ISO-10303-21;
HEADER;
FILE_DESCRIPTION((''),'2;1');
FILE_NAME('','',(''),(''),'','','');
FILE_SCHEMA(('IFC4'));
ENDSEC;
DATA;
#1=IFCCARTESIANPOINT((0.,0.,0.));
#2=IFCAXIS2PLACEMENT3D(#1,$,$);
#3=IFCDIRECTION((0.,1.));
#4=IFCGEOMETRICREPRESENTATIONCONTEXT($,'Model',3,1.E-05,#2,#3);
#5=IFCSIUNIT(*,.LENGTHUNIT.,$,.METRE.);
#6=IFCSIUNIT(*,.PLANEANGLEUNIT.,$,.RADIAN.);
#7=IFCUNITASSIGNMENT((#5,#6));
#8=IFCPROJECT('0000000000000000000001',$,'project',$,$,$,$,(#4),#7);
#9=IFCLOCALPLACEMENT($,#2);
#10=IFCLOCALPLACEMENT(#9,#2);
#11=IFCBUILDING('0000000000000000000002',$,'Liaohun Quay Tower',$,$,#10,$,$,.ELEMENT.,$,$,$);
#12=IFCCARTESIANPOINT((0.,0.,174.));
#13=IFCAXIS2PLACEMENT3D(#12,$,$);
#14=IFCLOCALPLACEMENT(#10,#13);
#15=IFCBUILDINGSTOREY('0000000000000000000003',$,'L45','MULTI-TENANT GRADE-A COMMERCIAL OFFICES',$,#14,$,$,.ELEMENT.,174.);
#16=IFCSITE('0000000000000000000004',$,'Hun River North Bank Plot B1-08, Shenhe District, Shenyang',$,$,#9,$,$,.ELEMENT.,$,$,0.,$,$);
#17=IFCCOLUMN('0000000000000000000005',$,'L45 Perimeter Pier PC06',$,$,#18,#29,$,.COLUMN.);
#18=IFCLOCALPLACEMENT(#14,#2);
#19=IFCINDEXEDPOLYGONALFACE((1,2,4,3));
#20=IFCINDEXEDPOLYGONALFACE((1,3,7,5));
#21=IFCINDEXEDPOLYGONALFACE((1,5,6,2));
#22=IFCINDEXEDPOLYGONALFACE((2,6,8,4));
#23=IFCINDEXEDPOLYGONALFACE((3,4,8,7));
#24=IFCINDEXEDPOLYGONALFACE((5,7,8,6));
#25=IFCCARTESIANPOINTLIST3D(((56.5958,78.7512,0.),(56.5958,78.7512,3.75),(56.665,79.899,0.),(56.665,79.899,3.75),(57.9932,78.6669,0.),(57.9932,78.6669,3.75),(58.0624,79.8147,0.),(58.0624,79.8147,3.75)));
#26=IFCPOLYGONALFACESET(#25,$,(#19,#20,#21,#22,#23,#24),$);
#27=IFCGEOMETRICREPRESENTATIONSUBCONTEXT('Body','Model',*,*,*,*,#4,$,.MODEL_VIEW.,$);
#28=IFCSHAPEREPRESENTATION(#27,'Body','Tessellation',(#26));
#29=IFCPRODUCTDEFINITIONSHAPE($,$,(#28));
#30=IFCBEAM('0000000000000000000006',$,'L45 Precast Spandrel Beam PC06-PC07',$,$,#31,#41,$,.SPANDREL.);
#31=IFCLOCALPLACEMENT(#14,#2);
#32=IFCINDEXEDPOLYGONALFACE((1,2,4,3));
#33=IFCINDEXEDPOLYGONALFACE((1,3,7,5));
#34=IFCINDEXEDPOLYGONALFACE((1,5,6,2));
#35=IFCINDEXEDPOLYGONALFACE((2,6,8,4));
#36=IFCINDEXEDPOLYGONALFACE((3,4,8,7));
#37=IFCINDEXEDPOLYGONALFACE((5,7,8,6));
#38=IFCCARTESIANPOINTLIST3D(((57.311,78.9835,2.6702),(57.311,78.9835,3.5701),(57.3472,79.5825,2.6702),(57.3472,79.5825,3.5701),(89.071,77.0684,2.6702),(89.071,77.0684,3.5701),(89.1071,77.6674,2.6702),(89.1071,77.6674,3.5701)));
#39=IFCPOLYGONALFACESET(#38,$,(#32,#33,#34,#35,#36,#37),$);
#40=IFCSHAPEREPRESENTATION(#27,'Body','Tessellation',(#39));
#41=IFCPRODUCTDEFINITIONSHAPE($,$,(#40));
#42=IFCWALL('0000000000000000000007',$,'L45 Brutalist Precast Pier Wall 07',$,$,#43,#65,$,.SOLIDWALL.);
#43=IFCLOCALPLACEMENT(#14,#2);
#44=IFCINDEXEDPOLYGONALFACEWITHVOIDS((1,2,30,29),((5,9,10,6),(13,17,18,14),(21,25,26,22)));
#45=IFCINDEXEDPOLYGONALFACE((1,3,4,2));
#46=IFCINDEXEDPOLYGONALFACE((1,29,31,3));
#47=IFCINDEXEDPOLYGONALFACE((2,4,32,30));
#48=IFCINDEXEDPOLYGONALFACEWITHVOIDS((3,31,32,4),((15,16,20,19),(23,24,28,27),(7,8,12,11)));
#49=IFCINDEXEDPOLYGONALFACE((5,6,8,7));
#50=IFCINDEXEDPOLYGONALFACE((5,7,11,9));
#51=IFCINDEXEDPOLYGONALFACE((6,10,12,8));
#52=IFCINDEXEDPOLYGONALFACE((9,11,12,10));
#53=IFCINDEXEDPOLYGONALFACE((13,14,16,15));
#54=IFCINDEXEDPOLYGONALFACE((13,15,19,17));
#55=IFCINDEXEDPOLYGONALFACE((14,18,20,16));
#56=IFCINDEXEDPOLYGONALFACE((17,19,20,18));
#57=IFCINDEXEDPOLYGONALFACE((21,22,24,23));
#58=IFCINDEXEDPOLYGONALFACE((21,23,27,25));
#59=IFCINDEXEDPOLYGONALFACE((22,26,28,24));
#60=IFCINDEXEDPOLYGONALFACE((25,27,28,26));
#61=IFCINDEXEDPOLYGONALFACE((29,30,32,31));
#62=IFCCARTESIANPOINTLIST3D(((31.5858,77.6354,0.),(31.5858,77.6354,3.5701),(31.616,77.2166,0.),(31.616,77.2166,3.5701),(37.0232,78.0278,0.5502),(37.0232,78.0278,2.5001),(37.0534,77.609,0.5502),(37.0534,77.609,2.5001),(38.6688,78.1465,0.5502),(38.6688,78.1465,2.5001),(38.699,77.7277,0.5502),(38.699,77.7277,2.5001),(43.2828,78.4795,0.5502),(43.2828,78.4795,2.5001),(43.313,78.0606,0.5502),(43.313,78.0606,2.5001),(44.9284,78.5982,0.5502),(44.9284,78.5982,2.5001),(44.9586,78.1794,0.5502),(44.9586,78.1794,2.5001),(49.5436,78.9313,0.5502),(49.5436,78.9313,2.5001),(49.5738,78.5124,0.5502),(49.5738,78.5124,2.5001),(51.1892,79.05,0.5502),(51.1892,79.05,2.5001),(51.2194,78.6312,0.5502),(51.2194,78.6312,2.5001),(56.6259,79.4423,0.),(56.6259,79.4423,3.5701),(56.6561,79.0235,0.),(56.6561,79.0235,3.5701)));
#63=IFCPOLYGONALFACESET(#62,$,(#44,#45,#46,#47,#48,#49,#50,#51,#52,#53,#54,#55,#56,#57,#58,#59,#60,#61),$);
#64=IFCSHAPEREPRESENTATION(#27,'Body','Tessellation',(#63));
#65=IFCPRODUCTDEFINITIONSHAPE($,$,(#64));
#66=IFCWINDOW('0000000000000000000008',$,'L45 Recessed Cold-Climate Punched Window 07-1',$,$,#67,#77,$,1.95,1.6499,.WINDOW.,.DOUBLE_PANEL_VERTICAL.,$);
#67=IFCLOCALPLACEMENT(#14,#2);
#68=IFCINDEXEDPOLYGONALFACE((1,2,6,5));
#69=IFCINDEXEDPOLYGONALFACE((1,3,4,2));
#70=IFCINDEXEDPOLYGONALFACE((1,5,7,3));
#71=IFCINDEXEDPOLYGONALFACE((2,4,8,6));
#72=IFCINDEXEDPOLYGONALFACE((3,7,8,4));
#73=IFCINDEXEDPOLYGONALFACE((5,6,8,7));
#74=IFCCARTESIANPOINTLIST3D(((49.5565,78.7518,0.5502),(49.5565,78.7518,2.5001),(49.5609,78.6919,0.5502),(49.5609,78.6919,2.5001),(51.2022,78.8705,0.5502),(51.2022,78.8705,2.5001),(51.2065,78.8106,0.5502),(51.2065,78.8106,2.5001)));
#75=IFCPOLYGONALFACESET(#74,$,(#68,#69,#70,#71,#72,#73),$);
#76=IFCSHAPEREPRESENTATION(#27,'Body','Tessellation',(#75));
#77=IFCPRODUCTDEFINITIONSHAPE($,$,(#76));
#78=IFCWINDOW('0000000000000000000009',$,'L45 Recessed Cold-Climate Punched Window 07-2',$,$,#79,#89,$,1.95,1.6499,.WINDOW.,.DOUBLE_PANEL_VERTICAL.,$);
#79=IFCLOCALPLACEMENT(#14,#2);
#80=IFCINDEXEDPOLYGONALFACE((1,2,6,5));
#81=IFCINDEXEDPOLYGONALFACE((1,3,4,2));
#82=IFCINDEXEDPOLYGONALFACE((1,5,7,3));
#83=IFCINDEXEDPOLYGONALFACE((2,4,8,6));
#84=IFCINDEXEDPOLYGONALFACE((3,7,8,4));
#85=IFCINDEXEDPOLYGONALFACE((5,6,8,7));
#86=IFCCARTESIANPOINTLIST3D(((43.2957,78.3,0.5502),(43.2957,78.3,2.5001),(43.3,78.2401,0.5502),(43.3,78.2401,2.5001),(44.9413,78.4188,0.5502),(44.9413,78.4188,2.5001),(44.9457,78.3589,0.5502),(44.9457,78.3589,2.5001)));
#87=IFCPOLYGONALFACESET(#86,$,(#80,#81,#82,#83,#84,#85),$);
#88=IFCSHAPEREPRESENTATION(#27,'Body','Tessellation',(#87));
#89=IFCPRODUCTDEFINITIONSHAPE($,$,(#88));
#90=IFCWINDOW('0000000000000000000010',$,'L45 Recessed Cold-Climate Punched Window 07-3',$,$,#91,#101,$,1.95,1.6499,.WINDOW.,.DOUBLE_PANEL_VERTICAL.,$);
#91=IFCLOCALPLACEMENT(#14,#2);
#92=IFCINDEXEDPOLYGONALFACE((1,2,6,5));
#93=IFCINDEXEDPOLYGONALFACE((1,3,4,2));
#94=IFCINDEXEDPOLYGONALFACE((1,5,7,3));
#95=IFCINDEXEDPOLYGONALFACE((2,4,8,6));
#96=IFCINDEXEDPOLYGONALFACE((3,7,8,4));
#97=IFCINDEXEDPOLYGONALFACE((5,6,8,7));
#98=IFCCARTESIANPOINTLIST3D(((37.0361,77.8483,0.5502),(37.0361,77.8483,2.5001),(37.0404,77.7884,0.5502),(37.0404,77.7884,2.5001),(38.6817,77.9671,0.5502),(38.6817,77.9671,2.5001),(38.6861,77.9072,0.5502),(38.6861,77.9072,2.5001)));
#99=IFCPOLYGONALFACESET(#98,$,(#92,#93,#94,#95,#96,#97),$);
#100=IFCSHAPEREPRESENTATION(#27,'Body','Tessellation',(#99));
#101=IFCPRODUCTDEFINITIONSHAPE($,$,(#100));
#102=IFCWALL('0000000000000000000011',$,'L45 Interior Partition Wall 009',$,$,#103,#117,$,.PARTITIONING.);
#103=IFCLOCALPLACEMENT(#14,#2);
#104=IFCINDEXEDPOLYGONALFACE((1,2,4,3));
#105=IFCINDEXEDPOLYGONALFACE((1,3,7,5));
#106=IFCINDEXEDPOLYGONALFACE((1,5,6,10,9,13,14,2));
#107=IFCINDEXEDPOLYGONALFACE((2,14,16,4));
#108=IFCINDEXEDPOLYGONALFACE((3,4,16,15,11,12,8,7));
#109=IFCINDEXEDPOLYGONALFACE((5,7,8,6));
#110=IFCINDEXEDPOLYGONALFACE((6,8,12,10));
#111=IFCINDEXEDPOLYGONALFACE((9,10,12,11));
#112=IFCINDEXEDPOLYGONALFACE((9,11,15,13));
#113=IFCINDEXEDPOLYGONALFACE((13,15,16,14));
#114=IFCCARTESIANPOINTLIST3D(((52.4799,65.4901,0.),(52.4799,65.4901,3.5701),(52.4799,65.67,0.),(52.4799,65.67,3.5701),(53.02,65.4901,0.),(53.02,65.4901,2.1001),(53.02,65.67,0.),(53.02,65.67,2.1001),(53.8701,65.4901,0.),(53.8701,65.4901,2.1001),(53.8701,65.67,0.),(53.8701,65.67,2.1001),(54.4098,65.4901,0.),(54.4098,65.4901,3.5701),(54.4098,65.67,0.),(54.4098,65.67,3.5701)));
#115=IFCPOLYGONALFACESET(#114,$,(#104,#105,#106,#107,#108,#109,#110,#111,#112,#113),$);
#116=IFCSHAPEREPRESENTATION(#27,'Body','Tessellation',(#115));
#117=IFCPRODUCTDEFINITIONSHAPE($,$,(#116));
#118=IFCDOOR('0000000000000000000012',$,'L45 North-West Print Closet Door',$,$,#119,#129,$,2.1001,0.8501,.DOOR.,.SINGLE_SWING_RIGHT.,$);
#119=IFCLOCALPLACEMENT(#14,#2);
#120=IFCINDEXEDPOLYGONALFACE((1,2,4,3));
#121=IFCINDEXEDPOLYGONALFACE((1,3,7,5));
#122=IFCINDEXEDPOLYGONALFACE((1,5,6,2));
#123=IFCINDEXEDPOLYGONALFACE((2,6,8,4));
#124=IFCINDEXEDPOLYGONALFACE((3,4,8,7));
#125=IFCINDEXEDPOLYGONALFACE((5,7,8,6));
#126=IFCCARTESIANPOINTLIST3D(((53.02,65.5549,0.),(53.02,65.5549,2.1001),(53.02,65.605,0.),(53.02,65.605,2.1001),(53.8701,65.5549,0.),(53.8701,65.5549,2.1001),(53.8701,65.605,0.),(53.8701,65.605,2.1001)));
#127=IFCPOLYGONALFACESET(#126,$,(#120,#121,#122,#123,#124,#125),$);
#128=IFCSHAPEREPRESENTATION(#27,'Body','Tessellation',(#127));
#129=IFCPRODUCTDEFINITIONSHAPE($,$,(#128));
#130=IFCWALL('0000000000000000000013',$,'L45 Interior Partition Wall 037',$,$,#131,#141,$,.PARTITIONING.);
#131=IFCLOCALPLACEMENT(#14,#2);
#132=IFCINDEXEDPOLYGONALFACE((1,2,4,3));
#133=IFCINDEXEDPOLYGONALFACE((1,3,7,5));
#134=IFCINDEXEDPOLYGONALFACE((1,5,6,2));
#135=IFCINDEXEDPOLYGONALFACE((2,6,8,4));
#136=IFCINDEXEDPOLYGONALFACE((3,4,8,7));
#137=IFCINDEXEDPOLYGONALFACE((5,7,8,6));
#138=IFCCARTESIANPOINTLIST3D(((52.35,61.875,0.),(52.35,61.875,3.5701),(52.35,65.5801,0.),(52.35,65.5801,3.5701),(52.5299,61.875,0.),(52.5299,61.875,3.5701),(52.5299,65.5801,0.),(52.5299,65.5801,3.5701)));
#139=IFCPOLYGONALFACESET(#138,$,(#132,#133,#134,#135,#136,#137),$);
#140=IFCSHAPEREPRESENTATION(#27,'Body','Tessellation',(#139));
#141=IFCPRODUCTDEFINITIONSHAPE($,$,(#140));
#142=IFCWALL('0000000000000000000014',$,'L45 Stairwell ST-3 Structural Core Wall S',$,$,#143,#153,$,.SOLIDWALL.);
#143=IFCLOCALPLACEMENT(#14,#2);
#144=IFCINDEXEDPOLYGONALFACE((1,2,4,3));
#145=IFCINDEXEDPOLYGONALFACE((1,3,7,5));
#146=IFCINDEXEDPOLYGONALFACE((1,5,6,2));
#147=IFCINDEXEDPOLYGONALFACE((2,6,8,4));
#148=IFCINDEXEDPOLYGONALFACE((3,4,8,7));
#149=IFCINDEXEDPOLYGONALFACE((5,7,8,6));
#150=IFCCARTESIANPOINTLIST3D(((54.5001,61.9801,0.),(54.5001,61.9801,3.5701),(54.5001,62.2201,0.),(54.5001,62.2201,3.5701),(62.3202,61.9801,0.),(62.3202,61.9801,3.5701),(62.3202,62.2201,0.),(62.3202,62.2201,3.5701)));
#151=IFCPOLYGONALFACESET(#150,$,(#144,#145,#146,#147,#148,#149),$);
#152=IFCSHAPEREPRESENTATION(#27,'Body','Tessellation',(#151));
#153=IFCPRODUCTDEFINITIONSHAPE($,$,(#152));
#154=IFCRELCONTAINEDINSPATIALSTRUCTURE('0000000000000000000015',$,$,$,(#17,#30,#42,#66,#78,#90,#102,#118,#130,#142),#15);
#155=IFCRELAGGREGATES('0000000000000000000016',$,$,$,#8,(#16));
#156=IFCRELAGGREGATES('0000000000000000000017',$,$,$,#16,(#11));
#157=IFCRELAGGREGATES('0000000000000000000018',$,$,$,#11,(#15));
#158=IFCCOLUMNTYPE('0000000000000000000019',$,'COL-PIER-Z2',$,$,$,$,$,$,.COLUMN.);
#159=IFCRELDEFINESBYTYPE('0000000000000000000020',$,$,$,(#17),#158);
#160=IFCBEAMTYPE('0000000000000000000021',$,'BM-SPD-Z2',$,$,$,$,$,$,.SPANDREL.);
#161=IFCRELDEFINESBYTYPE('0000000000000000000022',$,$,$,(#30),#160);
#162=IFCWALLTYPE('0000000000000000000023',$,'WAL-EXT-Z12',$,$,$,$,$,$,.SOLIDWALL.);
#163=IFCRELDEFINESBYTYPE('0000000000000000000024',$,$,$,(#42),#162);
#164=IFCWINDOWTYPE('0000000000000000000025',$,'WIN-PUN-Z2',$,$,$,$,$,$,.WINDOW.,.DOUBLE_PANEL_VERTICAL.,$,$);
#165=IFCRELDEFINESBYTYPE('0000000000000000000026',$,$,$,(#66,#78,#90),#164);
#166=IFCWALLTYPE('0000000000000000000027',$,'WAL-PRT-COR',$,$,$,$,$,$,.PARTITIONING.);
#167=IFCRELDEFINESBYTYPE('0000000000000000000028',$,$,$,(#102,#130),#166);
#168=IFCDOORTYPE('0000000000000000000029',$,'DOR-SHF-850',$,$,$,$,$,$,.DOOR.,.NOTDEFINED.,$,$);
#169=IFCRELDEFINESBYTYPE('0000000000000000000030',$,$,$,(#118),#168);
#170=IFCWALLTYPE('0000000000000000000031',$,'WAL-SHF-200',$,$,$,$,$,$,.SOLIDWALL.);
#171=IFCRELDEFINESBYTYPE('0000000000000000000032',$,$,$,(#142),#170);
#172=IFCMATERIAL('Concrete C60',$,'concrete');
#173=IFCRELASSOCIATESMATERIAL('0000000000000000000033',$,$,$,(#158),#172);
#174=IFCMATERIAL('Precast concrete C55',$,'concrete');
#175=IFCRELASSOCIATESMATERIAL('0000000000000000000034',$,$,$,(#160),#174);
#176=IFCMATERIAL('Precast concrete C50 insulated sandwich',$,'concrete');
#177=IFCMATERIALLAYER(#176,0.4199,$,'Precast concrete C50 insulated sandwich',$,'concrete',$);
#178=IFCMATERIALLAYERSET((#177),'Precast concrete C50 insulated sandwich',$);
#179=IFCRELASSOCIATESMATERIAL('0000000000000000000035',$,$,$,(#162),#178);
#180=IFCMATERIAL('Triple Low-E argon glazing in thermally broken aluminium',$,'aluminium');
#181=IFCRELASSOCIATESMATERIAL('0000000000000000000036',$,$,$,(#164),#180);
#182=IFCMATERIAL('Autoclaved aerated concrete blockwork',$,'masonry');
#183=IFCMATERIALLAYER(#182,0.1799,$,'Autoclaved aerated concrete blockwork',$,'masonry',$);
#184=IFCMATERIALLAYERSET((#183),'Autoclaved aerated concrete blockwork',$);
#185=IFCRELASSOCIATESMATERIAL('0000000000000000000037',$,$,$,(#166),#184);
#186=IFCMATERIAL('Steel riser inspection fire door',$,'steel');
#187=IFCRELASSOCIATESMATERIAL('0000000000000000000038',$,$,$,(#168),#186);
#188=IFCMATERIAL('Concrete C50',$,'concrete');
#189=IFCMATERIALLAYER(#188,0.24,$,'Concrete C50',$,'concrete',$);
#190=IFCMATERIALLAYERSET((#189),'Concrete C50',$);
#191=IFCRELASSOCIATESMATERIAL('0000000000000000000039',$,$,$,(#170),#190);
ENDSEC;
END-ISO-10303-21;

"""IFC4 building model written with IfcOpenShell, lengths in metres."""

from ifc_helpers import new_model, si_unit, direction, frame, frame_2d, origin, origin_2d, place, context, subcontext, project, spatial, rectangle, extrude, source, transform, mapped, material, layer, layer_set, material_profile, profile_set, type_object, element, fill, save


model = new_model("IFC4")

# Units and contexts
model_context = context("Model", 3, precision=1e-05, world=origin(), true_north=direction((0.0, 1.0)))
body_context = subcontext(model_context, "Body", "Model", "MODEL_VIEW")
ifc_project = project(units=[si_unit("LENGTHUNIT", "METRE"), si_unit("PLANEANGLEUNIT", "RADIAN")], contexts=[model_context])

# Site, building, storey
site_placement = place(None, origin())
site = spatial("IfcSite", under=ifc_project, at=site_placement, Name="Hun River North Bank Plot B1-08, Shenhe District, Shenyang", CompositionType="ELEMENT", RefElevation=0.0)
building_placement = place(site_placement, origin())
building = spatial("IfcBuilding", under=site, at=building_placement, Name="Liaohun Quay Tower", CompositionType="ELEMENT")
storey_placement = place(building_placement, frame((0.0, 0.0, 174.0)))
storey = spatial("IfcBuildingStorey", under=building, at=storey_placement, Name="L45", Description="MULTI-TENANT GRADE-A COMMERCIAL OFFICES", CompositionType="ELEMENT", Elevation=174.0)

# Column
ifc_material_1 = material(Name="Concrete C60", Category="concrete")
ifc_material_profile_1 = material_profile(ifc_material_1, rectangle(XDim=1.3999, YDim=1.1499, at=origin_2d()), Name="RC1400x1150")
ifc_profile_set_1 = profile_set([ifc_material_profile_1], Name="Concrete C60")
column_type = type_object("IfcColumnType", Name="COL-PIER-Z2", PredefinedType="COLUMN", material=ifc_profile_set_1)
shared_shape_1 = source(origin(), body_context, "Body", "SweptSolid", [
    extrude(rectangle(XDim=1.3999, YDim=1.1499, at=origin_2d()), origin(), (0.0, 0.0, 1.0), 3.75),
])
column_placement = place(storey_placement, frame((57.3291, 79.283, 0.0), z_axis=(0.0, 0.0, 1.0), x_axis=(-0.998188, 0.060177, 0.0)))
element("IfcColumn", 1, at=column_placement, inside=storey, type_object=column_type, Name="L45 Perimeter Pier PC06", PredefinedType="COLUMN", context=body_context, shape_type="MappedRepresentation", body=[
    mapped(shared_shape_1, transform((0.0, 0.0, 0.0), x_axis=(1.0, 0.0, 0.0), y_axis=(0.0, 1.0, 0.0), z_axis=(0.0, 0.0, 1.0), scale=1.0)),
])

# Beam
ifc_material_2 = material(Name="Precast concrete C55", Category="concrete")
ifc_material_profile_2 = material_profile(ifc_material_2, rectangle(XDim=0.6001, YDim=0.8999, at=origin_2d()), Name="RC600x900")
ifc_profile_set_2 = profile_set([ifc_material_profile_2], Name="Precast concrete C55")
beam_type = type_object("IfcBeamType", Name="BM-SPD-Z2", PredefinedType="SPANDREL", material=ifc_profile_set_2)
shared_shape_2 = source(origin(), body_context, "Body", "SweptSolid", [
    extrude(rectangle(XDim=0.6001, YDim=0.8999, at=origin_2d()), origin(), (0.0, 0.0, 1.0), 31.8176),
])
beam_placement = place(storey_placement, frame((57.3291, 79.283, 3.1201), z_axis=(0.998187, -0.060188, 0.0), x_axis=(0.060188, 0.998187, 0.0)))
element("IfcBeam", 2, at=beam_placement, inside=storey, type_object=beam_type, Name="L45 Precast Spandrel Beam PC06-PC07", PredefinedType="SPANDREL", context=body_context, shape_type="MappedRepresentation", body=[
    mapped(shared_shape_2, transform((0.0, 0.0, 0.0), x_axis=(1.0, 0.0, 0.0), y_axis=(0.0, 1.0, 0.0), z_axis=(0.0, 0.0, 1.0), scale=1.0)),
])

# Wall, openings, windows
ifc_material_3 = material(Name="Precast concrete C50 insulated sandwich", Category="concrete")
ifc_layer_1 = layer(ifc_material_3, 0.4199, Name="Precast concrete C50 insulated sandwich", Category="concrete")
ifc_layer_set_1 = layer_set([ifc_layer_1], Name="Precast concrete C50 insulated sandwich")
wall_type_1 = type_object("IfcWallType", Name="WAL-EXT-Z12", PredefinedType="SOLIDWALL", material=ifc_layer_set_1)
wall_1_placement = place(storey_placement, frame((56.6411, 79.2329, 0.0), z_axis=(0.0, 0.0, 1.0), x_axis=(-0.997407, -0.071973, 0.0)))
wall_1 = element("IfcWall", 3, at=wall_1_placement, inside=storey, type_object=wall_type_1, Name="L45 Brutalist Precast Pier Wall 07", PredefinedType="SOLIDWALL", context=body_context, shape_type="SweptSolid", body=[
    extrude(rectangle(XDim=25.1052, YDim=0.4199, at=frame_2d((12.5527, 0.0))), origin(), (0.0, 0.0, 1.0), 3.5701),
])
shared_shape_3 = source(origin(), body_context, "Body", "SweptSolid", [
    extrude(rectangle(XDim=1.6499, YDim=1.95, at=frame_2d((0.825, 0.9751))), frame((0.0, 0.22, 0.0), z_axis=(0.0, -1.0, 0.0), x_axis=(1.0, 0.0, 0.0)), (0.0, 0.0, 1.0), 0.4399),
])
opening_1_placement = place(wall_1_placement, frame((5.4509, 0.0, 0.55)))
opening_1 = element("IfcOpeningElement", 4, at=opening_1_placement, cuts=wall_1, PredefinedType="OPENING", context=body_context, shape_type="MappedRepresentation", body=[
    mapped(shared_shape_3, transform((0.0, 0.0, 0.0), x_axis=(1.0, 0.0, 0.0), y_axis=(0.0, 1.0, 0.0), z_axis=(0.0, 0.0, 1.0), scale=1.0)),
])
opening_2_placement = place(wall_1_placement, frame((11.728, 0.0, 0.55)))
opening_2 = element("IfcOpeningElement", 5, at=opening_2_placement, cuts=wall_1, PredefinedType="OPENING", context=body_context, shape_type="MappedRepresentation", body=[
    mapped(shared_shape_3, transform((0.0, 0.0, 0.0), x_axis=(1.0, 0.0, 0.0), y_axis=(0.0, 1.0, 0.0), z_axis=(0.0, 0.0, 1.0), scale=1.0)),
])
opening_3_placement = place(wall_1_placement, frame((18.0039, 0.0, 0.55)))
opening_3 = element("IfcOpeningElement", 6, at=opening_3_placement, cuts=wall_1, PredefinedType="OPENING", context=body_context, shape_type="MappedRepresentation", body=[
    mapped(shared_shape_3, transform((0.0, 0.0, 0.0), x_axis=(1.0, 0.0, 0.0), y_axis=(0.0, 1.0, 0.0), z_axis=(0.0, 0.0, 1.0), scale=1.0)),
])
ifc_material_4 = material(Name="Triple Low-E argon glazing in thermally broken aluminium", Category="aluminium")
window_type = type_object("IfcWindowType", Name="WIN-PUN-Z2", PartitioningType="DOUBLE_PANEL_VERTICAL", PredefinedType="WINDOW", material=ifc_material_4)
shared_shape_4 = source(origin(), body_context, "Body", "SweptSolid", [
    extrude(rectangle(XDim=1.6499, YDim=1.95, at=frame_2d((0.825, 0.9751))), frame((0.0, 0.03, 0.0), z_axis=(0.0, -1.0, 0.0), x_axis=(1.0, 0.0, 0.0)), (0.0, 0.0, 1.0), 0.0601),
])
window_1_placement = place(opening_1_placement, origin())
window_1 = element("IfcWindow", 7, at=window_1_placement, inside=storey, type_object=window_type, Name="L45 Recessed Cold-Climate Punched Window 07-1", OverallHeight=1.95, OverallWidth=1.6499, PartitioningType="DOUBLE_PANEL_VERTICAL", PredefinedType="WINDOW", context=body_context, shape_type="MappedRepresentation", body=[
    mapped(shared_shape_4, transform((0.0, 0.0, 0.0), x_axis=(1.0, 0.0, 0.0), y_axis=(0.0, 1.0, 0.0), z_axis=(0.0, 0.0, 1.0), scale=1.0)),
])
fill(opening_1, window_1)
window_2_placement = place(opening_2_placement, origin())
window_2 = element("IfcWindow", 8, at=window_2_placement, inside=storey, type_object=window_type, Name="L45 Recessed Cold-Climate Punched Window 07-2", OverallHeight=1.95, OverallWidth=1.6499, PartitioningType="DOUBLE_PANEL_VERTICAL", PredefinedType="WINDOW", context=body_context, shape_type="MappedRepresentation", body=[
    mapped(shared_shape_4, transform((0.0, 0.0, 0.0), x_axis=(1.0, 0.0, 0.0), y_axis=(0.0, 1.0, 0.0), z_axis=(0.0, 0.0, 1.0), scale=1.0)),
])
fill(opening_2, window_2)
window_3_placement = place(opening_3_placement, origin())
window_3 = element("IfcWindow", 9, at=window_3_placement, inside=storey, type_object=window_type, Name="L45 Recessed Cold-Climate Punched Window 07-3", OverallHeight=1.95, OverallWidth=1.6499, PartitioningType="DOUBLE_PANEL_VERTICAL", PredefinedType="WINDOW", context=body_context, shape_type="MappedRepresentation", body=[
    mapped(shared_shape_4, transform((0.0, 0.0, 0.0), x_axis=(1.0, 0.0, 0.0), y_axis=(0.0, 1.0, 0.0), z_axis=(0.0, 0.0, 1.0), scale=1.0)),
])
fill(opening_3, window_3)

# Wall, opening, door
ifc_material_5 = material(Name="Autoclaved aerated concrete blockwork", Category="masonry")
ifc_layer_2 = layer(ifc_material_5, 0.1799, Name="Autoclaved aerated concrete blockwork", Category="masonry")
ifc_layer_set_2 = layer_set([ifc_layer_2], Name="Autoclaved aerated concrete blockwork")
wall_type_2 = type_object("IfcWallType", Name="WAL-PRT-COR", PredefinedType="PARTITIONING", material=ifc_layer_set_2)
wall_2_placement = place(storey_placement, frame((52.48, 65.5801, 0.0), z_axis=(0.0, 0.0, 1.0), x_axis=(1.0, 0.0, 0.0)))
wall_2 = element("IfcWall", 10, at=wall_2_placement, inside=storey, type_object=wall_type_2, Name="L45 Interior Partition Wall 009", PredefinedType="PARTITIONING", context=body_context, shape_type="SweptSolid", body=[
    extrude(rectangle(XDim=1.9299, YDim=0.1799, at=frame_2d((0.9648, 0.0))), origin(), (0.0, 0.0, 1.0), 3.5701),
])
shared_shape_5 = source(origin(), body_context, "Body", "SweptSolid", [
    extrude(rectangle(XDim=0.8501, YDim=2.1001, at=frame_2d((0.425, 1.05))), frame((0.0, 0.0999, 0.0), z_axis=(0.0, -1.0, 0.0), x_axis=(1.0, 0.0, 0.0)), (0.0, 0.0, 1.0), 0.2),
])
opening_4_placement = place(wall_2_placement, frame((0.54, 0.0, 0.0)))
opening_4 = element("IfcOpeningElement", 11, at=opening_4_placement, cuts=wall_2, PredefinedType="OPENING", context=body_context, shape_type="MappedRepresentation", body=[
    mapped(shared_shape_5, transform((0.0, 0.0, 0.0), x_axis=(1.0, 0.0, 0.0), y_axis=(0.0, 1.0, 0.0), z_axis=(0.0, 0.0, 1.0), scale=1.0)),
])
ifc_material_6 = material(Name="Steel riser inspection fire door", Category="steel")
door_type = type_object("IfcDoorType", Name="DOR-SHF-850", OperationType="NOTDEFINED", PredefinedType="DOOR", material=ifc_material_6)
shared_shape_6 = source(origin(), body_context, "Body", "SweptSolid", [
    extrude(rectangle(XDim=0.8501, YDim=2.1001, at=frame_2d((0.425, 1.05))), frame((0.0, 0.0249, 0.0), z_axis=(0.0, -1.0, 0.0), x_axis=(1.0, 0.0, 0.0)), (0.0, 0.0, 1.0), 0.05),
])
door_placement = place(opening_4_placement, origin())
door = element("IfcDoor", 12, at=door_placement, inside=storey, type_object=door_type, Name="L45 North-West Print Closet Door", OperationType="SINGLE_SWING_RIGHT", OverallHeight=2.1001, OverallWidth=0.8501, PredefinedType="DOOR", context=body_context, shape_type="MappedRepresentation", body=[
    mapped(shared_shape_6, transform((0.0, 0.0, 0.0), x_axis=(1.0, 0.0, 0.0), y_axis=(0.0, 1.0, 0.0), z_axis=(0.0, 0.0, 1.0), scale=1.0)),
])
fill(opening_4, door)

# Walls
wall_3_placement = place(storey_placement, frame((52.4399, 61.875, 0.0), z_axis=(0.0, 0.0, 1.0), x_axis=(0.0, 1.0, 0.0)))
element("IfcWall", 13, at=wall_3_placement, inside=storey, type_object=wall_type_2, Name="L45 Interior Partition Wall 037", PredefinedType="PARTITIONING", context=body_context, shape_type="SweptSolid", body=[
    extrude(rectangle(XDim=3.7051, YDim=0.1799, at=frame_2d((1.8525, 0.0))), origin(), (0.0, 0.0, 1.0), 3.5701),
])
ifc_material_7 = material(Name="Concrete C50", Category="concrete")
ifc_layer_3 = layer(ifc_material_7, 0.24, Name="Concrete C50", Category="concrete")
ifc_layer_set_3 = layer_set([ifc_layer_3], Name="Concrete C50")
wall_type_3 = type_object("IfcWallType", Name="WAL-SHF-200", PredefinedType="SOLIDWALL", material=ifc_layer_set_3)
wall_4_placement = place(storey_placement, frame((54.5, 62.1001, 0.0), z_axis=(0.0, 0.0, 1.0), x_axis=(1.0, 0.0, 0.0)))
element("IfcWall", 14, at=wall_4_placement, inside=storey, type_object=wall_type_3, Name="L45 Stairwell ST-3 Structural Core Wall S", PredefinedType="SOLIDWALL", context=body_context, shape_type="SweptSolid", body=[
    extrude(rectangle(XDim=7.8201, YDim=0.24, at=frame_2d((3.9102, 0.0))), origin(), (0.0, 0.0, 1.0), 3.5701),
])

save(model, "model.ifc")
